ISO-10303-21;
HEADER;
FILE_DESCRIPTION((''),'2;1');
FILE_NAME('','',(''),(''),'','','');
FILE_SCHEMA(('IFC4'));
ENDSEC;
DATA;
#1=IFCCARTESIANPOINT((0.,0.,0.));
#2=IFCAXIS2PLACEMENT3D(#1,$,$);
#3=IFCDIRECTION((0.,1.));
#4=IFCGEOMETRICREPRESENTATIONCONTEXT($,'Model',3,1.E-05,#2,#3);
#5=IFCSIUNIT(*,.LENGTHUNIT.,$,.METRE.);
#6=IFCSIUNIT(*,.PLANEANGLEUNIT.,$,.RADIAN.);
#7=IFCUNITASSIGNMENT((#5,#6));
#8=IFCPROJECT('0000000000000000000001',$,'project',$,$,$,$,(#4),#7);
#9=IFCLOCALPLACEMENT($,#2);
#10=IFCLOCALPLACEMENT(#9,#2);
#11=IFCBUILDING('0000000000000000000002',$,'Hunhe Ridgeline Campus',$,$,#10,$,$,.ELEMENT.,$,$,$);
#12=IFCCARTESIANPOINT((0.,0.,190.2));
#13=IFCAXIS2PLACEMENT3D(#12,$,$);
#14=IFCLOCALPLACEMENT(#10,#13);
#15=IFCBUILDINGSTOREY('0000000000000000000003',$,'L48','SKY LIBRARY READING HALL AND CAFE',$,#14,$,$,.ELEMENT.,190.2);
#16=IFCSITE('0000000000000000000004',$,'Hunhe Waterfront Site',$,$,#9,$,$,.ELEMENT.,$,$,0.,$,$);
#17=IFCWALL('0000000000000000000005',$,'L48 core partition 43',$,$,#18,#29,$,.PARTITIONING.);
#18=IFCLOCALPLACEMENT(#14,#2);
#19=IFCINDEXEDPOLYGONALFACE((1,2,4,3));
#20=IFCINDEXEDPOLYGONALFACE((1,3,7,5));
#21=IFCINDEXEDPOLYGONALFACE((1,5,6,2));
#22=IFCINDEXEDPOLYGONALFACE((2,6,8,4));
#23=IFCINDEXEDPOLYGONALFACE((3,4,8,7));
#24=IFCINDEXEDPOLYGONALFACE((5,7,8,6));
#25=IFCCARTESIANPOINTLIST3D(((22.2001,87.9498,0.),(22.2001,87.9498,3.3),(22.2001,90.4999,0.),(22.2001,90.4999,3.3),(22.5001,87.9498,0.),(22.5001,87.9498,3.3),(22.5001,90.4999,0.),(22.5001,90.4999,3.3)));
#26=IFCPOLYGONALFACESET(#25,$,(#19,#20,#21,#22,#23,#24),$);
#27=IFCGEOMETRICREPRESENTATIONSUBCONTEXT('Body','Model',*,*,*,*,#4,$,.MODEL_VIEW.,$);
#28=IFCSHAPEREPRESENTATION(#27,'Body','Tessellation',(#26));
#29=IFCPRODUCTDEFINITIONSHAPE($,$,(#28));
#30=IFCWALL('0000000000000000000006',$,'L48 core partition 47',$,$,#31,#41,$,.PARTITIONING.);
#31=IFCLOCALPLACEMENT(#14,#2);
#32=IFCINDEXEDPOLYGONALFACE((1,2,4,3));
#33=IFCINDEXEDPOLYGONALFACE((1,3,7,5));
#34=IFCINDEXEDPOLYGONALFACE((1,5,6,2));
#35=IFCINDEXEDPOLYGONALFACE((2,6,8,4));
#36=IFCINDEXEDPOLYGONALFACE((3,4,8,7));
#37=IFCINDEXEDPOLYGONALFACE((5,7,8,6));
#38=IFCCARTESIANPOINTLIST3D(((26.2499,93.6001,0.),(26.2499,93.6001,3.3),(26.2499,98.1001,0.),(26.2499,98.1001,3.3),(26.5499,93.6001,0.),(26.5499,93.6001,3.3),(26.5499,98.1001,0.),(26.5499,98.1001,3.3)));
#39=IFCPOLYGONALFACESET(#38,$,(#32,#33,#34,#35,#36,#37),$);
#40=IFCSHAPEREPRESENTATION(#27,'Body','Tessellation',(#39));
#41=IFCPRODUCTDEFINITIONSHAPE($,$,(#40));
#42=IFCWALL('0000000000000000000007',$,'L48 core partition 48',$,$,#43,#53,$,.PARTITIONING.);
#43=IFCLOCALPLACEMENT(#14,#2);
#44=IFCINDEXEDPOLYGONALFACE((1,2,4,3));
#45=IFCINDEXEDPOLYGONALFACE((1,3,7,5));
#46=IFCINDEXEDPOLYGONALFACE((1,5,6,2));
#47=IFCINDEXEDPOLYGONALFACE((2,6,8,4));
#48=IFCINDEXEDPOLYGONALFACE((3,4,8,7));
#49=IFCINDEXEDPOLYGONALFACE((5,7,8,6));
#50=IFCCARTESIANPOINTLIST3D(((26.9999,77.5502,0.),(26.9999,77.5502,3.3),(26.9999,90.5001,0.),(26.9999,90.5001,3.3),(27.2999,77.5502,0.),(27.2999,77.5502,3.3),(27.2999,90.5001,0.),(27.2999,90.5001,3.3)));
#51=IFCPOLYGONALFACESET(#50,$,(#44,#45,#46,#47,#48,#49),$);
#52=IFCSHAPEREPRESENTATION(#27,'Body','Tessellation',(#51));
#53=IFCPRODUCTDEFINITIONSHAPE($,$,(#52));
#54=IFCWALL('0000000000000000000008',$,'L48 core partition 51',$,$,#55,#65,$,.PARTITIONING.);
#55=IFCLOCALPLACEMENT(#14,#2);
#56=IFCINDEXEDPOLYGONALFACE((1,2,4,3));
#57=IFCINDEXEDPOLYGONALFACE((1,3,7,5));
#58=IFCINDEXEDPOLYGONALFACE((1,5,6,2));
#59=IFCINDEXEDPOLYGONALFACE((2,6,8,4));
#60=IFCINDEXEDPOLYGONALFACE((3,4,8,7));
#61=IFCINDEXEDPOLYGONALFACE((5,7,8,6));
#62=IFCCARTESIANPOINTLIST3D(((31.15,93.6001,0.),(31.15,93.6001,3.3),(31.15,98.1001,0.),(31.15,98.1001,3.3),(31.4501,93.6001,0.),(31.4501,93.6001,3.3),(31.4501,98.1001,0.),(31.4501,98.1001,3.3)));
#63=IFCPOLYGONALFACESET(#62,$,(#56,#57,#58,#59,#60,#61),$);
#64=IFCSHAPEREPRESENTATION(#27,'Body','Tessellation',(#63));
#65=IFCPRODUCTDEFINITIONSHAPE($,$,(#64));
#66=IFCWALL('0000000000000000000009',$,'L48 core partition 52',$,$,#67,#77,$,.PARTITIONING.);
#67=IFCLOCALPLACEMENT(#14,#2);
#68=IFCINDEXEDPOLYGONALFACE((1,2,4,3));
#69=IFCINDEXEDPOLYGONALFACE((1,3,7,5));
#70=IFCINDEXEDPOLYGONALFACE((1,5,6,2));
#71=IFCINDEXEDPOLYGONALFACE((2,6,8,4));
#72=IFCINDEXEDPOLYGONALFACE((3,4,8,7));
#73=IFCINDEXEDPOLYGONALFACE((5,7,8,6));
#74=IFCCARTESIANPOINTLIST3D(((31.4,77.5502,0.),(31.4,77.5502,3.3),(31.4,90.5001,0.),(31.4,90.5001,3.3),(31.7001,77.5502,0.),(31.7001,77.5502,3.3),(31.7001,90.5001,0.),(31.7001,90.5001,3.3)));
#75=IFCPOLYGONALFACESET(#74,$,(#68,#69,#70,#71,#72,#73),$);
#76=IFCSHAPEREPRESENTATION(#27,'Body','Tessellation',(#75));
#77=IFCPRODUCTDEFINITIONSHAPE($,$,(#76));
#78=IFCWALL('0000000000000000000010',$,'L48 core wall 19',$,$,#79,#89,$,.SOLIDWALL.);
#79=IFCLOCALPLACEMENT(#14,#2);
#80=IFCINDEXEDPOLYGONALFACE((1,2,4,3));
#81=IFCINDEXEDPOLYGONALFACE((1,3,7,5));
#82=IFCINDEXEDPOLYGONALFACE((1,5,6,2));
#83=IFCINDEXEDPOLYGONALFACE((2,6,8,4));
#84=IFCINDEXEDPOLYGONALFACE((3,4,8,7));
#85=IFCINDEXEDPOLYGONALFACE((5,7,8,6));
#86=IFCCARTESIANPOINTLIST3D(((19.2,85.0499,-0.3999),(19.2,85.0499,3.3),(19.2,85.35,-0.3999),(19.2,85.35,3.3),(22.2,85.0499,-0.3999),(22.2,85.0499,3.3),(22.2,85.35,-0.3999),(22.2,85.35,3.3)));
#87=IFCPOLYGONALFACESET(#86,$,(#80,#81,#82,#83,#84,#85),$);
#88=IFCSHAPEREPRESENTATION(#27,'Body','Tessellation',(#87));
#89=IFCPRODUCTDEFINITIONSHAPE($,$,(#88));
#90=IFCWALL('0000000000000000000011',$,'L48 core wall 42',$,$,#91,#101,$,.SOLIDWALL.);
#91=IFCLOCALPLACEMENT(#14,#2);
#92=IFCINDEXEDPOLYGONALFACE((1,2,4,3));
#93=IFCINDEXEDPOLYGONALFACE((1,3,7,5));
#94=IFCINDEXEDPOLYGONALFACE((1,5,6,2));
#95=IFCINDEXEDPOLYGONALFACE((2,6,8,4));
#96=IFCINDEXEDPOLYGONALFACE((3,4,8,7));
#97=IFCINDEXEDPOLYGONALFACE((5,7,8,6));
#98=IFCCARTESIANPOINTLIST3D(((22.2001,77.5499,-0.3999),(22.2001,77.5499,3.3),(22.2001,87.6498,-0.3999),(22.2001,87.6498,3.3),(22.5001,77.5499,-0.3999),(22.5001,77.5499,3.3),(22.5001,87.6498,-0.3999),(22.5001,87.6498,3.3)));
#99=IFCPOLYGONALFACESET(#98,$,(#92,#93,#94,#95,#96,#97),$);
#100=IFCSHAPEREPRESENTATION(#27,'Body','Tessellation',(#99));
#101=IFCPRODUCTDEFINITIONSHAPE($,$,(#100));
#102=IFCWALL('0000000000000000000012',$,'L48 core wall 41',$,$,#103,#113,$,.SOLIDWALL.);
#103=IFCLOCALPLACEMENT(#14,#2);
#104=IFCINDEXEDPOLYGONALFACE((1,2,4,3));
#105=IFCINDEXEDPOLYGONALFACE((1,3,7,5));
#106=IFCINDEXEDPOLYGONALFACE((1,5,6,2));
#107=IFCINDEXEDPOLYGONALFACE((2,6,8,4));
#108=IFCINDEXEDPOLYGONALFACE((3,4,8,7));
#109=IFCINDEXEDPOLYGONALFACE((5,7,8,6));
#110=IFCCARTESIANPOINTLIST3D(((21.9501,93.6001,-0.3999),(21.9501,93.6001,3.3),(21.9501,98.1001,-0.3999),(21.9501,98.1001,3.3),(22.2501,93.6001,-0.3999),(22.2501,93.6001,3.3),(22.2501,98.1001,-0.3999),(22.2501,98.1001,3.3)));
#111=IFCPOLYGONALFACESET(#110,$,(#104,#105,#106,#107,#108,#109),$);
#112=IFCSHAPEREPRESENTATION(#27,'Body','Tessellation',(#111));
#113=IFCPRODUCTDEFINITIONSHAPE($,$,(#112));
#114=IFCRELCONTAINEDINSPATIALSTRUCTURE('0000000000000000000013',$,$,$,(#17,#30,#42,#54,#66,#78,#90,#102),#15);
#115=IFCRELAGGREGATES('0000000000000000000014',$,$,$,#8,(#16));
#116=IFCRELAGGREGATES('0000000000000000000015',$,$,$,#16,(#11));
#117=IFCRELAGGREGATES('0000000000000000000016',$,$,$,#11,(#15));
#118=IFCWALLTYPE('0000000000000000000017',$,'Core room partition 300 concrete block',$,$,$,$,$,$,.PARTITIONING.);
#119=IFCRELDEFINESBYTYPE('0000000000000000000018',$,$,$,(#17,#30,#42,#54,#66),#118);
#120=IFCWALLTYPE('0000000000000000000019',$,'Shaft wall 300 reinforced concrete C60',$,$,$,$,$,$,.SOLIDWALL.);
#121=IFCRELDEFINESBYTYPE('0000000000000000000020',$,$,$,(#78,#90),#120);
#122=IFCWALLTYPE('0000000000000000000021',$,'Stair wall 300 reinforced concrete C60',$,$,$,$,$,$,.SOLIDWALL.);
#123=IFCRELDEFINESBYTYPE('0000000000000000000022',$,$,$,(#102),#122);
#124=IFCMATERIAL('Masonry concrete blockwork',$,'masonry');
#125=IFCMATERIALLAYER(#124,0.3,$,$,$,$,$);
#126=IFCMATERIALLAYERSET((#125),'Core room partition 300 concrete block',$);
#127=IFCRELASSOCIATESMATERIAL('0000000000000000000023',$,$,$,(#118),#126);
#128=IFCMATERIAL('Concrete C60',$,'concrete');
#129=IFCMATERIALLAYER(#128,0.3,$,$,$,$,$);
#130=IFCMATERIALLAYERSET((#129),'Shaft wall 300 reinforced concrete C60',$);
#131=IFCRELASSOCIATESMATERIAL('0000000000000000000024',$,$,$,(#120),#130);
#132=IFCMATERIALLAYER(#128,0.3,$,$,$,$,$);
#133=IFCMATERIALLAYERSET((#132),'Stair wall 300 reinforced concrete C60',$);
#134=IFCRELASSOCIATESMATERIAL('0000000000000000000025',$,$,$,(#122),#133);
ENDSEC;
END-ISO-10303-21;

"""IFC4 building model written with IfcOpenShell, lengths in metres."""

from ifc_helpers import new_model, si_unit, direction, frame, frame_2d, origin, place, context, subcontext, project, spatial, rectangle, extrude, material, layer, layer_set, type_object, element, save


model = new_model("IFC4")

# Units and contexts
model_context = context("Model", 3, precision=1e-05, world=origin(), true_north=direction((0.0, 1.0)))
body_context = subcontext(model_context, "Body", "Model", "MODEL_VIEW")
ifc_project = project(units=[si_unit("LENGTHUNIT", "METRE"), si_unit("PLANEANGLEUNIT", "RADIAN")], contexts=[model_context])

# Site, building, storey
site_placement = place(None, origin())
site = spatial("IfcSite", under=ifc_project, at=site_placement, Name="Hunhe Waterfront Site", CompositionType="ELEMENT", RefElevation=0.0)
building_placement = place(site_placement, origin())
building = spatial("IfcBuilding", under=site, at=building_placement, Name="Hunhe Ridgeline Campus", CompositionType="ELEMENT")
storey_placement = place(building_placement, frame((0.0, 0.0, 190.2)))
storey = spatial("IfcBuildingStorey", under=building, at=storey_placement, Name="L48", Description="SKY LIBRARY READING HALL AND CAFE", CompositionType="ELEMENT", Elevation=190.2)

# Shared definitions
ifc_material_1 = material(Name="Masonry concrete blockwork", Category="masonry")
ifc_layer_1 = layer(ifc_material_1, 0.3)
ifc_layer_set_1 = layer_set([ifc_layer_1], Name="Core room partition 300 concrete block")
wall_type_1 = type_object("IfcWallType", Name="Core room partition 300 concrete block", PredefinedType="PARTITIONING", material=ifc_layer_set_1)

# Walls
wall_1_placement = place(storey_placement, frame((22.3501, 87.95, 0.0), z_axis=(0.0, 0.0, 1.0), x_axis=(0.0, 1.0, 0.0)))
element("IfcWall", 1, at=wall_1_placement, inside=storey, type_object=wall_type_1, Name="L48 core partition 43", PredefinedType="PARTITIONING", context=body_context, shape_type="SweptSolid", body=[
    extrude(rectangle(XDim=2.55, YDim=0.3, at=frame_2d((1.2749, 0.0))), origin(), (0.0, 0.0, 1.0), 3.3),
])
wall_2_placement = place(storey_placement, frame((26.3999, 93.6001, 0.0), z_axis=(0.0, 0.0, 1.0), x_axis=(0.0, 1.0, 0.0)))
element("IfcWall", 2, at=wall_2_placement, inside=storey, type_object=wall_type_1, Name="L48 core partition 47", PredefinedType="PARTITIONING", context=body_context, shape_type="SweptSolid", body=[
    extrude(rectangle(XDim=4.5, YDim=0.3, at=frame_2d((2.25, 0.0))), origin(), (0.0, 0.0, 1.0), 3.3),
])
wall_3_placement = place(storey_placement, frame((27.1499, 77.55, 0.0), z_axis=(0.0, 0.0, 1.0), x_axis=(0.0, 1.0, 0.0)))
element("IfcWall", 3, at=wall_3_placement, inside=storey, type_object=wall_type_1, Name="L48 core partition 48", PredefinedType="PARTITIONING", context=body_context, shape_type="SweptSolid", body=[
    extrude(rectangle(XDim=12.95, YDim=0.3, at=frame_2d((6.4751, 0.0))), origin(), (0.0, 0.0, 1.0), 3.3),
])
wall_4_placement = place(storey_placement, frame((31.3, 93.6001, 0.0), z_axis=(0.0, 0.0, 1.0), x_axis=(0.0, 1.0, 0.0)))
element("IfcWall", 4, at=wall_4_placement, inside=storey, type_object=wall_type_1, Name="L48 core partition 51", PredefinedType="PARTITIONING", context=body_context, shape_type="SweptSolid", body=[
    extrude(rectangle(XDim=4.5, YDim=0.3, at=frame_2d((2.25, 0.0))), origin(), (0.0, 0.0, 1.0), 3.3),
])
wall_5_placement = place(storey_placement, frame((31.55, 77.55, 0.0), z_axis=(0.0, 0.0, 1.0), x_axis=(0.0, 1.0, 0.0)))
element("IfcWall", 5, at=wall_5_placement, inside=storey, type_object=wall_type_1, Name="L48 core partition 52", PredefinedType="PARTITIONING", context=body_context, shape_type="SweptSolid", body=[
    extrude(rectangle(XDim=12.95, YDim=0.3, at=frame_2d((6.4751, 0.0))), origin(), (0.0, 0.0, 1.0), 3.3),
])
ifc_material_2 = material(Name="Concrete C60", Category="concrete")
ifc_layer_2 = layer(ifc_material_2, 0.3)
ifc_layer_set_2 = layer_set([ifc_layer_2], Name="Shaft wall 300 reinforced concrete C60")
wall_type_2 = type_object("IfcWallType", Name="Shaft wall 300 reinforced concrete C60", PredefinedType="SOLIDWALL", material=ifc_layer_set_2)
wall_6_placement = place(storey_placement, frame((19.2, 85.2, -0.3999), z_axis=(0.0, 0.0, 1.0), x_axis=(1.0, 0.0, 0.0)))
element("IfcWall", 6, at=wall_6_placement, inside=storey, type_object=wall_type_2, Name="L48 core wall 19", PredefinedType="SOLIDWALL", context=body_context, shape_type="SweptSolid", body=[
    extrude(rectangle(XDim=3.0, YDim=0.3, at=frame_2d((1.5, 0.0))), origin(), (0.0, 0.0, 1.0), 3.7),
])
wall_7_placement = place(storey_placement, frame((22.3501, 77.55, -0.3999), z_axis=(0.0, 0.0, 1.0), x_axis=(0.0, 1.0, 0.0)))
element("IfcWall", 7, at=wall_7_placement, inside=storey, type_object=wall_type_2, Name="L48 core wall 42", PredefinedType="SOLIDWALL", context=body_context, shape_type="SweptSolid", body=[
    extrude(rectangle(XDim=10.0999, YDim=0.3, at=frame_2d((5.0498, 0.0))), origin(), (0.0, 0.0, 1.0), 3.7),
])

# Shared definitions
ifc_layer_3 = layer(ifc_material_2, 0.3)
ifc_layer_set_3 = layer_set([ifc_layer_3], Name="Stair wall 300 reinforced concrete C60")
wall_type_3 = type_object("IfcWallType", Name="Stair wall 300 reinforced concrete C60", PredefinedType="SOLIDWALL", material=ifc_layer_set_3)

# Wall
wall_8_placement = place(storey_placement, frame((22.1001, 93.6001, -0.3999), z_axis=(0.0, 0.0, 1.0), x_axis=(0.0, 1.0, 0.0)))
element("IfcWall", 8, at=wall_8_placement, inside=storey, type_object=wall_type_3, Name="L48 core wall 41", PredefinedType="SOLIDWALL", context=body_context, shape_type="SweptSolid", body=[
    extrude(rectangle(XDim=4.5, YDim=0.3, at=frame_2d((2.25, 0.0))), origin(), (0.0, 0.0, 1.0), 3.7),
])

save(model, "model.ifc")
